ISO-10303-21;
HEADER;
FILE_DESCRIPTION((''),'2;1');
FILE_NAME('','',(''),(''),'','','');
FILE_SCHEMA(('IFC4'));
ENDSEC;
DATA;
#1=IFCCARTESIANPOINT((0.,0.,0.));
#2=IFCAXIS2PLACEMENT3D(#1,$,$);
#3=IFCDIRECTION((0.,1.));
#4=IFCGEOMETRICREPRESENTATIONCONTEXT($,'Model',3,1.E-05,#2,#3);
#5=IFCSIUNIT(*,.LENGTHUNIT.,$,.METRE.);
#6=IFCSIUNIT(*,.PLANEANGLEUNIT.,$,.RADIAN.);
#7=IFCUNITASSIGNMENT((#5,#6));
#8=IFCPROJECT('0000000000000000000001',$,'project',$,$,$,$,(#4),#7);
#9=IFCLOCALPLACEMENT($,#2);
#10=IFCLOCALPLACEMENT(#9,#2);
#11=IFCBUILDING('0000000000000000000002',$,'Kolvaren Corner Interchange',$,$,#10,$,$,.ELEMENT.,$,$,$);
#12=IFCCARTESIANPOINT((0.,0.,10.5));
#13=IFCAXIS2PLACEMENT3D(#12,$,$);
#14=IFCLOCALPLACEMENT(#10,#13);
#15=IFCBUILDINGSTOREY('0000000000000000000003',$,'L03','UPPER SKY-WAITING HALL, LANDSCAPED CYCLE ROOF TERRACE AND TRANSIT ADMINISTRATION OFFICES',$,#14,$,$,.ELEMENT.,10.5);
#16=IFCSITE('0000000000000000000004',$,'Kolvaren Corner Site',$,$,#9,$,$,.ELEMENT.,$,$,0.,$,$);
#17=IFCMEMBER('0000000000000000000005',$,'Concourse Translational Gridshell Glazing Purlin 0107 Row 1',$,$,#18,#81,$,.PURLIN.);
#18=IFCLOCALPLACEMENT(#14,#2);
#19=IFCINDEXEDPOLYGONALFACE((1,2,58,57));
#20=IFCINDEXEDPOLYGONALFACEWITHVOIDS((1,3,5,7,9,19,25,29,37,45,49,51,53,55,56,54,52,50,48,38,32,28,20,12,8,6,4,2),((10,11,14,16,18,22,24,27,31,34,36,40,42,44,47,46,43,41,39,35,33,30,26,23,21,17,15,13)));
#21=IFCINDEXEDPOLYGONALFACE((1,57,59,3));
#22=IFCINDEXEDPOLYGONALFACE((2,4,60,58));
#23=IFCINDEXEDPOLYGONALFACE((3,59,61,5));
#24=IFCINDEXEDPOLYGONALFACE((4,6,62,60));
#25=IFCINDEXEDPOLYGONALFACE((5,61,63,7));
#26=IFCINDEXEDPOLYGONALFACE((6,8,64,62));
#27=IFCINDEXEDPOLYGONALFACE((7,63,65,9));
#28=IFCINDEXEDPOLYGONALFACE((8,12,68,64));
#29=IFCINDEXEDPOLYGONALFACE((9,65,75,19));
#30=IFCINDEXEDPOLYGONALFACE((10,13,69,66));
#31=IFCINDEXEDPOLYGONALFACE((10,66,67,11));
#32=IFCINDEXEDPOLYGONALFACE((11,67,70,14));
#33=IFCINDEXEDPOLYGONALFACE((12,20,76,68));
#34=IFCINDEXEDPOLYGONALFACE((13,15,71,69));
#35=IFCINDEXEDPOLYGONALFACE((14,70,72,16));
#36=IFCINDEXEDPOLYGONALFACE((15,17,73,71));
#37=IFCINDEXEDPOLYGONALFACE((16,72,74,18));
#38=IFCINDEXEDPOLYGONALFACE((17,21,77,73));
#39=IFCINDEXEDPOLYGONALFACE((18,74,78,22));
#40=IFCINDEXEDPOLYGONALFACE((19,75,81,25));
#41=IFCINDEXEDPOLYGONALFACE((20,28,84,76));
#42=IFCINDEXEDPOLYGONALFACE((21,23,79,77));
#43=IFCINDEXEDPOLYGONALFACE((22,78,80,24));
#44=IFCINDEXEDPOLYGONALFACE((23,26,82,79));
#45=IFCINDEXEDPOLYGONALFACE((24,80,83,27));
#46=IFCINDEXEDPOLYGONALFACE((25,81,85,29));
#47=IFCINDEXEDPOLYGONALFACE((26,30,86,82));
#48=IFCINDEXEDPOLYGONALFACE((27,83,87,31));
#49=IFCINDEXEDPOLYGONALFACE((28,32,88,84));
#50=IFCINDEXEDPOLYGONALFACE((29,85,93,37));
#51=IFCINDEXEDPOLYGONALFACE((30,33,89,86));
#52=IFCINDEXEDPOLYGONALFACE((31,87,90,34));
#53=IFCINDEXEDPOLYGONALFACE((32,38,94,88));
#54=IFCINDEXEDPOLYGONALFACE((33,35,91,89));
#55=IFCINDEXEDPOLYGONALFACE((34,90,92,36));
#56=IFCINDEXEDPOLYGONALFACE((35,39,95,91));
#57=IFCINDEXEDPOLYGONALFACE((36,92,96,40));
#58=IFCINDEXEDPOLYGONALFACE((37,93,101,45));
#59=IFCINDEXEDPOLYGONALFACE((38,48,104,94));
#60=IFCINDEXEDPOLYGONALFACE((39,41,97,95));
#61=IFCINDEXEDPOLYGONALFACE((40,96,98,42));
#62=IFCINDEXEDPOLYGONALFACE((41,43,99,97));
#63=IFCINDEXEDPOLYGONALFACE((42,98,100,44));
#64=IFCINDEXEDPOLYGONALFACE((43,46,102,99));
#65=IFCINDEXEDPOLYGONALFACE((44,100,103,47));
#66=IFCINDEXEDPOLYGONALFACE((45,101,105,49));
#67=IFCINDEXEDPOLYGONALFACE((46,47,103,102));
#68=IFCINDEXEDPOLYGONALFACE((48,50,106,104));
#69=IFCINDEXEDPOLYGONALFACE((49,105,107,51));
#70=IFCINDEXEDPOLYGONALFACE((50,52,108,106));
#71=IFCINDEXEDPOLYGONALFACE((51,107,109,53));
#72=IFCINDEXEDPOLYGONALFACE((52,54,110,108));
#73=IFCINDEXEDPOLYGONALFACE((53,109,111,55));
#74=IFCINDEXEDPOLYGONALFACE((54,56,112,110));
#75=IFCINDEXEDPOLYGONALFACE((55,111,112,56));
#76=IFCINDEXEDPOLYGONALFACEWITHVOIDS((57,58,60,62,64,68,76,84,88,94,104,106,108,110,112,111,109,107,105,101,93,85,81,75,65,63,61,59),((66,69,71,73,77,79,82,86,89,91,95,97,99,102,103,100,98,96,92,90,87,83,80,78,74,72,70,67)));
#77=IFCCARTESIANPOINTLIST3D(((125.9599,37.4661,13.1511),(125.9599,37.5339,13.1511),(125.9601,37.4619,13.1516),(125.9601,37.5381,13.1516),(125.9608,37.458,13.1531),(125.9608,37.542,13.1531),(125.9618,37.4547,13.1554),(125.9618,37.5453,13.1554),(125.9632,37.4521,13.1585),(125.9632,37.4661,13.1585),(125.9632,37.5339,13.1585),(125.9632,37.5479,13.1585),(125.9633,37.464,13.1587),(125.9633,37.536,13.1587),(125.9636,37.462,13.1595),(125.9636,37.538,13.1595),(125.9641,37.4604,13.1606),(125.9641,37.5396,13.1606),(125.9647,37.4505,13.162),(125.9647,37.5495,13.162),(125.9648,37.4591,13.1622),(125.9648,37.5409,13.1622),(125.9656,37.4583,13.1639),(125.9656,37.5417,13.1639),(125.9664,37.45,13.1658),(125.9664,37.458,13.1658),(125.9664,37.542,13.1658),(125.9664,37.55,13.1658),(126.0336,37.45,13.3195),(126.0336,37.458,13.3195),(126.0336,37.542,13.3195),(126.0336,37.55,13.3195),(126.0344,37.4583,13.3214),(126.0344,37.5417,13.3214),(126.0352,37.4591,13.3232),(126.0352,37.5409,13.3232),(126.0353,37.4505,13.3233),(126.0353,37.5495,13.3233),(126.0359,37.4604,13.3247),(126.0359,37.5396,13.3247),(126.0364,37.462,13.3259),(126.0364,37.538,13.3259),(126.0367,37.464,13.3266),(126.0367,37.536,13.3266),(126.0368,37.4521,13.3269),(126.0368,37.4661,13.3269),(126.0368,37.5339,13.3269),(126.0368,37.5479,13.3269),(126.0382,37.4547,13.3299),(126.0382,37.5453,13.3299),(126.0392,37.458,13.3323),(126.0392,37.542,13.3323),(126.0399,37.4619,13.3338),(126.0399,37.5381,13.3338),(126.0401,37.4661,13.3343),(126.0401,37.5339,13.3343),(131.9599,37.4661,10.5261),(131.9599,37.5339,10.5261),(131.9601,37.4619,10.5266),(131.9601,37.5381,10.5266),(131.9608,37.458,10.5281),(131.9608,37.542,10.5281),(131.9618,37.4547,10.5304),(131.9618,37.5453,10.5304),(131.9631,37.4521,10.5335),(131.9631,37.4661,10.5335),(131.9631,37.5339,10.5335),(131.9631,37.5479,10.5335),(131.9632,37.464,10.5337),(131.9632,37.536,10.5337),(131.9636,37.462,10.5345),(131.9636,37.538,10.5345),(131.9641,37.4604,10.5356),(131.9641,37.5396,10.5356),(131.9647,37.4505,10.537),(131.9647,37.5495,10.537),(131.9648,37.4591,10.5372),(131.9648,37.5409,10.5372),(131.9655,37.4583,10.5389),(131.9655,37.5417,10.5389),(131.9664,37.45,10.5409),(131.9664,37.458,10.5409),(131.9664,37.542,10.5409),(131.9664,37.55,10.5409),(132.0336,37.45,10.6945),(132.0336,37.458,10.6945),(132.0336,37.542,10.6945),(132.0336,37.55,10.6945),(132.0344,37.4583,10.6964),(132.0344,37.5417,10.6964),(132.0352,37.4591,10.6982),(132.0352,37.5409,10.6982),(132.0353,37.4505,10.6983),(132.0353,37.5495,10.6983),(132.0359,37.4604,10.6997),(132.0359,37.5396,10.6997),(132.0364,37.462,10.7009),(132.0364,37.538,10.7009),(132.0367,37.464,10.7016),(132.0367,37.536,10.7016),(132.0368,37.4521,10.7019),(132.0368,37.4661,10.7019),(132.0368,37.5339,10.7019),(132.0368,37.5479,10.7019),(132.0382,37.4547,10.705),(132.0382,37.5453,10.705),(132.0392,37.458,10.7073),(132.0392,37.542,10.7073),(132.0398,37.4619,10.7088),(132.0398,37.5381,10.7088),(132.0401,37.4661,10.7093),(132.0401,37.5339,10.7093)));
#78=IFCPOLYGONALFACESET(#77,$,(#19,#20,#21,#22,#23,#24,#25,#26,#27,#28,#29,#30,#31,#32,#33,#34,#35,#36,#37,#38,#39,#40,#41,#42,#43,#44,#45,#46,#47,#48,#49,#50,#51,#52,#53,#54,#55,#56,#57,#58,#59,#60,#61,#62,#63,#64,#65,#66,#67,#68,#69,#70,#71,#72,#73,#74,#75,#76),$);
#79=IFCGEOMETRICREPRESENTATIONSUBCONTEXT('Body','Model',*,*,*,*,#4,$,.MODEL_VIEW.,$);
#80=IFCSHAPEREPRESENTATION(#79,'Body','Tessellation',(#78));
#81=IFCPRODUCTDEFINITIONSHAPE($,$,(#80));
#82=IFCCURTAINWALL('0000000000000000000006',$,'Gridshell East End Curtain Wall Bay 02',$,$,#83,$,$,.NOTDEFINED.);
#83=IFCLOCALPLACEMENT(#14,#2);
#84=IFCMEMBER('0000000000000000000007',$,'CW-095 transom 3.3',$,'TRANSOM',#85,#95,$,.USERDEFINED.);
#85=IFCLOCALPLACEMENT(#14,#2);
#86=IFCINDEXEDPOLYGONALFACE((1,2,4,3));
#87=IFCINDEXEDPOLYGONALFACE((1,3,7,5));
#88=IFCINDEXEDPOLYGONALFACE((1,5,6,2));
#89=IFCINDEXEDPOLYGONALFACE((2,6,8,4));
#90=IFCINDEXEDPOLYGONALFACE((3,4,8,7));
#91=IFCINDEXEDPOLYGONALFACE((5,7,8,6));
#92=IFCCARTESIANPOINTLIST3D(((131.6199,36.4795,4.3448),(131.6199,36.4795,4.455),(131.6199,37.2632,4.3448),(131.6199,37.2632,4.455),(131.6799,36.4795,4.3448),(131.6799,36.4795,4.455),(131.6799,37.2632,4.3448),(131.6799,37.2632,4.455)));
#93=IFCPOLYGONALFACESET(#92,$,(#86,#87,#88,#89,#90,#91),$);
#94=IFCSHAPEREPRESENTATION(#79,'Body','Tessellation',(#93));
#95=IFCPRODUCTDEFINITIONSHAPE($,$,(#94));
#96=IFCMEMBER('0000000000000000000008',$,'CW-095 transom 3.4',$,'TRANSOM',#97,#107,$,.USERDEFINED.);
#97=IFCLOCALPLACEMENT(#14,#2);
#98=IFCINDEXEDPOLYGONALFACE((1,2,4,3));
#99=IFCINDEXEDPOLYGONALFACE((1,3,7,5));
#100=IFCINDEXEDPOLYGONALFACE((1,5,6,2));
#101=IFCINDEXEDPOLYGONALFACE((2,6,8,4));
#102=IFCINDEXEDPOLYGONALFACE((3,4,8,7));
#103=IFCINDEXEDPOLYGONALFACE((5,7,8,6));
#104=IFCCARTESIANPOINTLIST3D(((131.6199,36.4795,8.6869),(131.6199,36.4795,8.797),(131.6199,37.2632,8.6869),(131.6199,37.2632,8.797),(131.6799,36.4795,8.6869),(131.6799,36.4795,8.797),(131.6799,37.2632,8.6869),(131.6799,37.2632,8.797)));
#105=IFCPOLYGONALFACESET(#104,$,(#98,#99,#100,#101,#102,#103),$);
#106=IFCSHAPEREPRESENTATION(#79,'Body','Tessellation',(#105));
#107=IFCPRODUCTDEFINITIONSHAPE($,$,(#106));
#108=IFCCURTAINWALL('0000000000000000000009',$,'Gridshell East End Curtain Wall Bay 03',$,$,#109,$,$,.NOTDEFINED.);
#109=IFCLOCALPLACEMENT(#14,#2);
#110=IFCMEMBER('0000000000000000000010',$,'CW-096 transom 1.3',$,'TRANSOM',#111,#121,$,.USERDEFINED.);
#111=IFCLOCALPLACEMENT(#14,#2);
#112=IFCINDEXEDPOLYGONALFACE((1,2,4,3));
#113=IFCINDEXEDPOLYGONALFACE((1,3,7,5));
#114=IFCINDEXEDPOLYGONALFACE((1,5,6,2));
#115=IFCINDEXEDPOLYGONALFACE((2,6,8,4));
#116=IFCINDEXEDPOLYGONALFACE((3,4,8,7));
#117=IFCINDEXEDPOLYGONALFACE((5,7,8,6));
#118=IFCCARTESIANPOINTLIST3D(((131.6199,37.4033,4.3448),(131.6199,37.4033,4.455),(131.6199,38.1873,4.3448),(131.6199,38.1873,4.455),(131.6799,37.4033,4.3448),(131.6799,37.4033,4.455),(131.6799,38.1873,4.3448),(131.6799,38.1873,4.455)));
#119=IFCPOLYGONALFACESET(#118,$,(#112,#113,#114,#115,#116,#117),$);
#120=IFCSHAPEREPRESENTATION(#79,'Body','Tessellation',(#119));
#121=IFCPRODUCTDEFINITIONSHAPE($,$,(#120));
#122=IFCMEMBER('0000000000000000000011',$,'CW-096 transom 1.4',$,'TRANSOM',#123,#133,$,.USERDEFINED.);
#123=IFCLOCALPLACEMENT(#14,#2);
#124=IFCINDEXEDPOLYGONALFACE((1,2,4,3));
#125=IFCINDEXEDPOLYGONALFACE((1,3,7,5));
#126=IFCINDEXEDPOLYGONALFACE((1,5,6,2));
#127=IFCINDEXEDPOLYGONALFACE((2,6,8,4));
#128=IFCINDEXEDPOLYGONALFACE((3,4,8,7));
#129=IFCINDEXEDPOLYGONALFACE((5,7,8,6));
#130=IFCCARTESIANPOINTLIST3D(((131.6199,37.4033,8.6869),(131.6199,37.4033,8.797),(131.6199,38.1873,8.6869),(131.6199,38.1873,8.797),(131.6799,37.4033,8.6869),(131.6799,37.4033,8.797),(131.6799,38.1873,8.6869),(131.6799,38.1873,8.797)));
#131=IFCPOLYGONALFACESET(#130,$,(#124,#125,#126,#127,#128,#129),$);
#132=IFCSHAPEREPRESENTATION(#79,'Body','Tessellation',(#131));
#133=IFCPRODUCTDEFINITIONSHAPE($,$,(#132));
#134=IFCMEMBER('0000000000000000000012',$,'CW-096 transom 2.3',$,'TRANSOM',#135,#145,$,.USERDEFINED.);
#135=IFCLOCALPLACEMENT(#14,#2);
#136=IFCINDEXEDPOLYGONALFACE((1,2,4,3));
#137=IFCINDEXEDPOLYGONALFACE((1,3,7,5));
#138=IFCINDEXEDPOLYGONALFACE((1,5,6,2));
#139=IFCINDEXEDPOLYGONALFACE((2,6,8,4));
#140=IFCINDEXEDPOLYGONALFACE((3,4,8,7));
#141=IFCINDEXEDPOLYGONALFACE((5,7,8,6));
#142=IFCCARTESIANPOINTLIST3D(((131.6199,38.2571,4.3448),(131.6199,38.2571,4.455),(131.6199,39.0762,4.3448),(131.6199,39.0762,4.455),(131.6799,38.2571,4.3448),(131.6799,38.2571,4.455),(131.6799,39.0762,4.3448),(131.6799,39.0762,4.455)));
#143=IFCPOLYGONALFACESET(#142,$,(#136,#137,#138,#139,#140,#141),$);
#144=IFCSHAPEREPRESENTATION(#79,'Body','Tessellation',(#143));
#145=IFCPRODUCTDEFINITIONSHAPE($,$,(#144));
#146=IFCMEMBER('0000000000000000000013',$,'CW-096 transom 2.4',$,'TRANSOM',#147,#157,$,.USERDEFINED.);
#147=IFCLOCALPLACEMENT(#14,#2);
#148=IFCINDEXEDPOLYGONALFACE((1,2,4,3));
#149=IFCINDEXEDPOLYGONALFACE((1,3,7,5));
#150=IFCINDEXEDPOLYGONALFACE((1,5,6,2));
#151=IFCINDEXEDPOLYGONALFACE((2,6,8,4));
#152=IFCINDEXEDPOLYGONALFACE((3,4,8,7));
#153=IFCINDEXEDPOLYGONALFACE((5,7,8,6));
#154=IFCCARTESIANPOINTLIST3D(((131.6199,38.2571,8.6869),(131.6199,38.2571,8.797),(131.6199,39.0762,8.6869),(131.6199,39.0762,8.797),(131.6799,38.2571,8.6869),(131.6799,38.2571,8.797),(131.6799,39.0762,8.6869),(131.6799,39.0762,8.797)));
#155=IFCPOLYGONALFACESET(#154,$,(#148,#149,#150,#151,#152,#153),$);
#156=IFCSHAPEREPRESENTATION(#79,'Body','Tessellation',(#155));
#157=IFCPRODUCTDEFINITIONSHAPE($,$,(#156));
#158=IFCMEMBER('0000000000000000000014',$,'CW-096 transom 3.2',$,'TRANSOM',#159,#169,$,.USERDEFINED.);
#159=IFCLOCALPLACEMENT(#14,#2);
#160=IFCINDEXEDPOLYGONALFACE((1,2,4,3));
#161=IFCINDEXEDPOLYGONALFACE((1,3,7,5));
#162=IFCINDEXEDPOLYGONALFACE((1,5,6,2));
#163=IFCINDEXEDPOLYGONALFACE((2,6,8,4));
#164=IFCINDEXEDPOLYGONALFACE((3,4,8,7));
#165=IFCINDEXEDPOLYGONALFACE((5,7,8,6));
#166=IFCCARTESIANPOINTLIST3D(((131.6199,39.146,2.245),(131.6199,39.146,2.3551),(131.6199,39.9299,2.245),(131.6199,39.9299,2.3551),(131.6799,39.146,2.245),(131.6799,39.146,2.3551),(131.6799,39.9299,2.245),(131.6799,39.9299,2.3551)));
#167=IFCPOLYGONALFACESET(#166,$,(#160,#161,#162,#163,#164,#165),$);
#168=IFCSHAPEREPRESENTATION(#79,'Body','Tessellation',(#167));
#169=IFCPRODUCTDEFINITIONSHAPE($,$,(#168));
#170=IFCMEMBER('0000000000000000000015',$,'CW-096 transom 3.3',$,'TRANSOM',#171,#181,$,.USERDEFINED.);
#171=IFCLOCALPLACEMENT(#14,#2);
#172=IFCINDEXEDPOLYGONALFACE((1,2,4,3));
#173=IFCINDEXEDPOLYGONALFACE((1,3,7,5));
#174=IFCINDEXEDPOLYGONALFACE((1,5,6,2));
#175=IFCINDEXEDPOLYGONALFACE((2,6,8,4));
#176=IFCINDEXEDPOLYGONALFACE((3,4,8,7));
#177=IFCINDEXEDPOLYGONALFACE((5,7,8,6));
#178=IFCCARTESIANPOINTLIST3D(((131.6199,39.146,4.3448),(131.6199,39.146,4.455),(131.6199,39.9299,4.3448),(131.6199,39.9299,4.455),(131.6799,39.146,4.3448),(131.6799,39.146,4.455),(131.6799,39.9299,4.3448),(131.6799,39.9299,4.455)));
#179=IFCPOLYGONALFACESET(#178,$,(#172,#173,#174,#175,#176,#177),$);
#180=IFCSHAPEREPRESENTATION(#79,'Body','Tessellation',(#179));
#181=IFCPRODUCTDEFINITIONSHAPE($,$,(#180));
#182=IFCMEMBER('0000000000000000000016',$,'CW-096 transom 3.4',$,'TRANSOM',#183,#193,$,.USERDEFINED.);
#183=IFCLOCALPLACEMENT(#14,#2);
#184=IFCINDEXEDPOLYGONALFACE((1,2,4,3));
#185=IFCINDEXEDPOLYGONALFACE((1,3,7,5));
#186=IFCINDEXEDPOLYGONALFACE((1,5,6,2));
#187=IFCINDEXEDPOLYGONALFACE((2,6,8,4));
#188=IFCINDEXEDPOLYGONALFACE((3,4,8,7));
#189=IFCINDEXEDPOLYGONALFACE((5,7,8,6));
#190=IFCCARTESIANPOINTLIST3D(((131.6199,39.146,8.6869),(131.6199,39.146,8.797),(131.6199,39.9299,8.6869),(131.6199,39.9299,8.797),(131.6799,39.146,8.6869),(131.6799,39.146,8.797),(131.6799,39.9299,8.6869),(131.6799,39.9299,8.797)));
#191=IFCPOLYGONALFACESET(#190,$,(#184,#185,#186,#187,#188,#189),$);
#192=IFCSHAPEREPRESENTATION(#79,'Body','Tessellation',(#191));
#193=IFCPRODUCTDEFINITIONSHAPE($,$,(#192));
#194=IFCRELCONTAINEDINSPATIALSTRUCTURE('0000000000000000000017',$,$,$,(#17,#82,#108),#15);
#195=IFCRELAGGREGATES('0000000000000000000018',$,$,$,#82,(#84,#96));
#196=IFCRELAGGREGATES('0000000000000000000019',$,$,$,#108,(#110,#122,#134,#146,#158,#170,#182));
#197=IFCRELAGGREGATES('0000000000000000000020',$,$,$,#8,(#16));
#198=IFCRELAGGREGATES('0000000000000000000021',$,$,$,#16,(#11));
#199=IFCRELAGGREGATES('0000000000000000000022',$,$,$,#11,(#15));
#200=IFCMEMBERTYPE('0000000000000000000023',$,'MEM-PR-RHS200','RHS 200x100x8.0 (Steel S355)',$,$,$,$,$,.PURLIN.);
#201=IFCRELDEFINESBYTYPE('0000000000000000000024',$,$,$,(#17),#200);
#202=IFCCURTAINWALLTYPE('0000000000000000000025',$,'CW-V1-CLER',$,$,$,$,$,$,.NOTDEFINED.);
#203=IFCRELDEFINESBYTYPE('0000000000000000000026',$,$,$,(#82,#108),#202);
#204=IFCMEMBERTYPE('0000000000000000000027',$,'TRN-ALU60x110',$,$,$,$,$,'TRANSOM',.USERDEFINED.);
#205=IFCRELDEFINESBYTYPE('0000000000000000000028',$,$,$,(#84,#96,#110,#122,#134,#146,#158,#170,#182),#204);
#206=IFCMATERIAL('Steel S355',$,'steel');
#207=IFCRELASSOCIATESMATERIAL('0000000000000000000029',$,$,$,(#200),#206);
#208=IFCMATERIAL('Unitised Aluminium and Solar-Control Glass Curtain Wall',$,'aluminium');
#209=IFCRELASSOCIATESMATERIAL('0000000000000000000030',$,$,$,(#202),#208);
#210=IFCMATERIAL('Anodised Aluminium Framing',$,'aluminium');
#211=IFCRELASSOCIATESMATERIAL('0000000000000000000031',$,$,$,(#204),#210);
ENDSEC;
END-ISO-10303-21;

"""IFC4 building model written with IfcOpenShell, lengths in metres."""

from ifc_helpers import new_model, si_unit, direction, frame, origin, origin_2d, place, context, subcontext, project, spatial, rectangle, hollow_rectangle, extrude, material, material_profile, profile_set, type_object, element, aggregate, save


model = new_model("IFC4")

# Units and contexts
model_context = context("Model", 3, precision=1e-05, world=origin(), true_north=direction((0.0, 1.0)))
body_context = subcontext(model_context, "Body", "Model", "MODEL_VIEW")
ifc_project = project(units=[si_unit("LENGTHUNIT", "METRE"), si_unit("PLANEANGLEUNIT", "RADIAN")], contexts=[model_context])

# Site, building, storey
site_placement = place(None, origin())
site = spatial("IfcSite", under=ifc_project, at=site_placement, Name="Kolvaren Corner Site", CompositionType="ELEMENT", RefElevation=0.0)
building_placement = place(site_placement, origin())
building = spatial("IfcBuilding", under=site, at=building_placement, Name="Kolvaren Corner Interchange", CompositionType="ELEMENT")
storey_placement = place(building_placement, frame((0.0, 0.0, 10.5)))
storey = spatial("IfcBuildingStorey", under=building, at=storey_placement, Name="L03", Description="UPPER SKY-WAITING HALL, LANDSCAPED CYCLE ROOF TERRACE AND TRANSIT ADMINISTRATION OFFICES", CompositionType="ELEMENT", Elevation=10.5)

# Member
ifc_material_1 = material(Name="Steel S355", Category="steel")
ifc_material_profile_1 = material_profile(ifc_material_1, hollow_rectangle(XDim=0.1001, YDim=0.2, WallThickness=0.0081, InnerFilletRadius=0.0081, OuterFilletRadius=0.0161, at=origin_2d()), Name="RHS 200x100x8.0")
ifc_profile_set_1 = profile_set([ifc_material_profile_1], Name="Steel S355")
member_type_1 = type_object("IfcMemberType", Name="MEM-PR-RHS200", Description="RHS 200x100x8.0 (Steel S355)", PredefinedType="PURLIN", material=ifc_profile_set_1)
member_1_placement = place(storey_placement, frame((126.0, 37.5, 13.2427), z_axis=(0.916157, 0.0, -0.400819), x_axis=(0.0, 1.0, 0.0)))
element("IfcMember", 1, at=member_1_placement, inside=storey, type_object=member_type_1, Name="Concourse Translational Gridshell Glazing Purlin 0107 Row 1", PredefinedType="PURLIN", context=body_context, shape_type="SweptSolid", body=[
    extrude(hollow_rectangle(XDim=0.1001, YDim=0.2, WallThickness=0.0081, InnerFilletRadius=0.0081, OuterFilletRadius=0.0161, at=origin_2d()), origin(), (0.0, 0.0, 1.0), 6.5491),
])

# Curtain walls, members
ifc_material_2 = material(Name="Unitised Aluminium and Solar-Control Glass Curtain Wall", Category="aluminium")
curtain_wall_type = type_object("IfcCurtainWallType", Name="CW-V1-CLER", PredefinedType="NOTDEFINED", material=ifc_material_2)
curtain_wall_1_placement = place(storey_placement, origin())
curtain_wall_1 = element("IfcCurtainWall", 2, at=curtain_wall_1_placement, inside=storey, type_object=curtain_wall_type, Name="Gridshell East End Curtain Wall Bay 02", PredefinedType="NOTDEFINED")
ifc_material_3 = material(Name="Anodised Aluminium Framing", Category="aluminium")
ifc_material_profile_2 = material_profile(ifc_material_3, rectangle(XDim=0.0601, YDim=0.1101, at=origin_2d()), Name="ALU 60x110")
ifc_profile_set_2 = profile_set([ifc_material_profile_2], Name="Anodised Aluminium Framing")
member_type_2 = type_object("IfcMemberType", Name="TRN-ALU60x110", ElementType="TRANSOM", PredefinedType="USERDEFINED", material=ifc_profile_set_2)
member_2_placement = place(storey_placement, frame((131.6499, 36.4795, 4.3999), z_axis=(0.0, 1.0, 0.0), x_axis=(-1.0, 0.0, 0.0)))
member_2 = element("IfcMember", 3, at=member_2_placement, type_object=member_type_2, Name="CW-095 transom 3.3", ObjectType="TRANSOM", PredefinedType="USERDEFINED", context=body_context, shape_type="SweptSolid", body=[
    extrude(rectangle(XDim=0.0601, YDim=0.1101, at=origin_2d()), origin(), (0.0, 0.0, 1.0), 0.7837),
])
member_3_placement = place(storey_placement, frame((131.6499, 36.4795, 8.7419), z_axis=(0.0, 1.0, 0.0), x_axis=(-1.0, 0.0, 0.0)))
member_3 = element("IfcMember", 4, at=member_3_placement, type_object=member_type_2, Name="CW-095 transom 3.4", ObjectType="TRANSOM", PredefinedType="USERDEFINED", context=body_context, shape_type="SweptSolid", body=[
    extrude(rectangle(XDim=0.0601, YDim=0.1101, at=origin_2d()), origin(), (0.0, 0.0, 1.0), 0.7837),
])
curtain_wall_2_placement = place(storey_placement, origin())
curtain_wall_2 = element("IfcCurtainWall", 5, at=curtain_wall_2_placement, inside=storey, type_object=curtain_wall_type, Name="Gridshell East End Curtain Wall Bay 03", PredefinedType="NOTDEFINED")
member_4_placement = place(storey_placement, frame((131.6499, 37.4033, 4.3999), z_axis=(0.0, 1.0, 0.0), x_axis=(-1.0, 0.0, 0.0)))
member_4 = element("IfcMember", 6, at=member_4_placement, type_object=member_type_2, Name="CW-096 transom 1.3", ObjectType="TRANSOM", PredefinedType="USERDEFINED", context=body_context, shape_type="SweptSolid", body=[
    extrude(rectangle(XDim=0.0601, YDim=0.1101, at=origin_2d()), origin(), (0.0, 0.0, 1.0), 0.7839),
])
member_5_placement = place(storey_placement, frame((131.6499, 37.4033, 8.7419), z_axis=(0.0, 1.0, 0.0), x_axis=(-1.0, 0.0, 0.0)))
member_5 = element("IfcMember", 7, at=member_5_placement, type_object=member_type_2, Name="CW-096 transom 1.4", ObjectType="TRANSOM", PredefinedType="USERDEFINED", context=body_context, shape_type="SweptSolid", body=[
    extrude(rectangle(XDim=0.0601, YDim=0.1101, at=origin_2d()), origin(), (0.0, 0.0, 1.0), 0.7839),
])
member_6_placement = place(storey_placement, frame((131.6499, 38.2571, 4.3999), z_axis=(0.0, 1.0, 0.0), x_axis=(-1.0, 0.0, 0.0)))
member_6 = element("IfcMember", 8, at=member_6_placement, type_object=member_type_2, Name="CW-096 transom 2.3", ObjectType="TRANSOM", PredefinedType="USERDEFINED", context=body_context, shape_type="SweptSolid", body=[
    extrude(rectangle(XDim=0.0601, YDim=0.1101, at=origin_2d()), origin(), (0.0, 0.0, 1.0), 0.8191),
])
member_7_placement = place(storey_placement, frame((131.6499, 38.2571, 8.7419), z_axis=(0.0, 1.0, 0.0), x_axis=(-1.0, 0.0, 0.0)))
member_7 = element("IfcMember", 9, at=member_7_placement, type_object=member_type_2, Name="CW-096 transom 2.4", ObjectType="TRANSOM", PredefinedType="USERDEFINED", context=body_context, shape_type="SweptSolid", body=[
    extrude(rectangle(XDim=0.0601, YDim=0.1101, at=origin_2d()), origin(), (0.0, 0.0, 1.0), 0.8191),
])
member_8_placement = place(storey_placement, frame((131.6499, 39.146, 2.3), z_axis=(0.0, 1.0, 0.0), x_axis=(-1.0, 0.0, 0.0)))
member_8 = element("IfcMember", 10, at=member_8_placement, type_object=member_type_2, Name="CW-096 transom 3.2", ObjectType="TRANSOM", PredefinedType="USERDEFINED", context=body_context, shape_type="SweptSolid", body=[
    extrude(rectangle(XDim=0.0601, YDim=0.1101, at=origin_2d()), origin(), (0.0, 0.0, 1.0), 0.7839),
])
member_9_placement = place(storey_placement, frame((131.6499, 39.146, 4.3999), z_axis=(0.0, 1.0, 0.0), x_axis=(-1.0, 0.0, 0.0)))
member_9 = element("IfcMember", 11, at=member_9_placement, type_object=member_type_2, Name="CW-096 transom 3.3", ObjectType="TRANSOM", PredefinedType="USERDEFINED", context=body_context, shape_type="SweptSolid", body=[
    extrude(rectangle(XDim=0.0601, YDim=0.1101, at=origin_2d()), origin(), (0.0, 0.0, 1.0), 0.7839),
])
member_10_placement = place(storey_placement, frame((131.6499, 39.146, 8.7419), z_axis=(0.0, 1.0, 0.0), x_axis=(-1.0, 0.0, 0.0)))
member_10 = element("IfcMember", 12, at=member_10_placement, type_object=member_type_2, Name="CW-096 transom 3.4", ObjectType="TRANSOM", PredefinedType="USERDEFINED", context=body_context, shape_type="SweptSolid", body=[
    extrude(rectangle(XDim=0.0601, YDim=0.1101, at=origin_2d()), origin(), (0.0, 0.0, 1.0), 0.7839),
])

aggregate(curtain_wall_1, [member_2, member_3])
aggregate(curtain_wall_2, [member_4, member_5, member_6, member_7, member_8, member_9, member_10])

save(model, "model.ifc")
